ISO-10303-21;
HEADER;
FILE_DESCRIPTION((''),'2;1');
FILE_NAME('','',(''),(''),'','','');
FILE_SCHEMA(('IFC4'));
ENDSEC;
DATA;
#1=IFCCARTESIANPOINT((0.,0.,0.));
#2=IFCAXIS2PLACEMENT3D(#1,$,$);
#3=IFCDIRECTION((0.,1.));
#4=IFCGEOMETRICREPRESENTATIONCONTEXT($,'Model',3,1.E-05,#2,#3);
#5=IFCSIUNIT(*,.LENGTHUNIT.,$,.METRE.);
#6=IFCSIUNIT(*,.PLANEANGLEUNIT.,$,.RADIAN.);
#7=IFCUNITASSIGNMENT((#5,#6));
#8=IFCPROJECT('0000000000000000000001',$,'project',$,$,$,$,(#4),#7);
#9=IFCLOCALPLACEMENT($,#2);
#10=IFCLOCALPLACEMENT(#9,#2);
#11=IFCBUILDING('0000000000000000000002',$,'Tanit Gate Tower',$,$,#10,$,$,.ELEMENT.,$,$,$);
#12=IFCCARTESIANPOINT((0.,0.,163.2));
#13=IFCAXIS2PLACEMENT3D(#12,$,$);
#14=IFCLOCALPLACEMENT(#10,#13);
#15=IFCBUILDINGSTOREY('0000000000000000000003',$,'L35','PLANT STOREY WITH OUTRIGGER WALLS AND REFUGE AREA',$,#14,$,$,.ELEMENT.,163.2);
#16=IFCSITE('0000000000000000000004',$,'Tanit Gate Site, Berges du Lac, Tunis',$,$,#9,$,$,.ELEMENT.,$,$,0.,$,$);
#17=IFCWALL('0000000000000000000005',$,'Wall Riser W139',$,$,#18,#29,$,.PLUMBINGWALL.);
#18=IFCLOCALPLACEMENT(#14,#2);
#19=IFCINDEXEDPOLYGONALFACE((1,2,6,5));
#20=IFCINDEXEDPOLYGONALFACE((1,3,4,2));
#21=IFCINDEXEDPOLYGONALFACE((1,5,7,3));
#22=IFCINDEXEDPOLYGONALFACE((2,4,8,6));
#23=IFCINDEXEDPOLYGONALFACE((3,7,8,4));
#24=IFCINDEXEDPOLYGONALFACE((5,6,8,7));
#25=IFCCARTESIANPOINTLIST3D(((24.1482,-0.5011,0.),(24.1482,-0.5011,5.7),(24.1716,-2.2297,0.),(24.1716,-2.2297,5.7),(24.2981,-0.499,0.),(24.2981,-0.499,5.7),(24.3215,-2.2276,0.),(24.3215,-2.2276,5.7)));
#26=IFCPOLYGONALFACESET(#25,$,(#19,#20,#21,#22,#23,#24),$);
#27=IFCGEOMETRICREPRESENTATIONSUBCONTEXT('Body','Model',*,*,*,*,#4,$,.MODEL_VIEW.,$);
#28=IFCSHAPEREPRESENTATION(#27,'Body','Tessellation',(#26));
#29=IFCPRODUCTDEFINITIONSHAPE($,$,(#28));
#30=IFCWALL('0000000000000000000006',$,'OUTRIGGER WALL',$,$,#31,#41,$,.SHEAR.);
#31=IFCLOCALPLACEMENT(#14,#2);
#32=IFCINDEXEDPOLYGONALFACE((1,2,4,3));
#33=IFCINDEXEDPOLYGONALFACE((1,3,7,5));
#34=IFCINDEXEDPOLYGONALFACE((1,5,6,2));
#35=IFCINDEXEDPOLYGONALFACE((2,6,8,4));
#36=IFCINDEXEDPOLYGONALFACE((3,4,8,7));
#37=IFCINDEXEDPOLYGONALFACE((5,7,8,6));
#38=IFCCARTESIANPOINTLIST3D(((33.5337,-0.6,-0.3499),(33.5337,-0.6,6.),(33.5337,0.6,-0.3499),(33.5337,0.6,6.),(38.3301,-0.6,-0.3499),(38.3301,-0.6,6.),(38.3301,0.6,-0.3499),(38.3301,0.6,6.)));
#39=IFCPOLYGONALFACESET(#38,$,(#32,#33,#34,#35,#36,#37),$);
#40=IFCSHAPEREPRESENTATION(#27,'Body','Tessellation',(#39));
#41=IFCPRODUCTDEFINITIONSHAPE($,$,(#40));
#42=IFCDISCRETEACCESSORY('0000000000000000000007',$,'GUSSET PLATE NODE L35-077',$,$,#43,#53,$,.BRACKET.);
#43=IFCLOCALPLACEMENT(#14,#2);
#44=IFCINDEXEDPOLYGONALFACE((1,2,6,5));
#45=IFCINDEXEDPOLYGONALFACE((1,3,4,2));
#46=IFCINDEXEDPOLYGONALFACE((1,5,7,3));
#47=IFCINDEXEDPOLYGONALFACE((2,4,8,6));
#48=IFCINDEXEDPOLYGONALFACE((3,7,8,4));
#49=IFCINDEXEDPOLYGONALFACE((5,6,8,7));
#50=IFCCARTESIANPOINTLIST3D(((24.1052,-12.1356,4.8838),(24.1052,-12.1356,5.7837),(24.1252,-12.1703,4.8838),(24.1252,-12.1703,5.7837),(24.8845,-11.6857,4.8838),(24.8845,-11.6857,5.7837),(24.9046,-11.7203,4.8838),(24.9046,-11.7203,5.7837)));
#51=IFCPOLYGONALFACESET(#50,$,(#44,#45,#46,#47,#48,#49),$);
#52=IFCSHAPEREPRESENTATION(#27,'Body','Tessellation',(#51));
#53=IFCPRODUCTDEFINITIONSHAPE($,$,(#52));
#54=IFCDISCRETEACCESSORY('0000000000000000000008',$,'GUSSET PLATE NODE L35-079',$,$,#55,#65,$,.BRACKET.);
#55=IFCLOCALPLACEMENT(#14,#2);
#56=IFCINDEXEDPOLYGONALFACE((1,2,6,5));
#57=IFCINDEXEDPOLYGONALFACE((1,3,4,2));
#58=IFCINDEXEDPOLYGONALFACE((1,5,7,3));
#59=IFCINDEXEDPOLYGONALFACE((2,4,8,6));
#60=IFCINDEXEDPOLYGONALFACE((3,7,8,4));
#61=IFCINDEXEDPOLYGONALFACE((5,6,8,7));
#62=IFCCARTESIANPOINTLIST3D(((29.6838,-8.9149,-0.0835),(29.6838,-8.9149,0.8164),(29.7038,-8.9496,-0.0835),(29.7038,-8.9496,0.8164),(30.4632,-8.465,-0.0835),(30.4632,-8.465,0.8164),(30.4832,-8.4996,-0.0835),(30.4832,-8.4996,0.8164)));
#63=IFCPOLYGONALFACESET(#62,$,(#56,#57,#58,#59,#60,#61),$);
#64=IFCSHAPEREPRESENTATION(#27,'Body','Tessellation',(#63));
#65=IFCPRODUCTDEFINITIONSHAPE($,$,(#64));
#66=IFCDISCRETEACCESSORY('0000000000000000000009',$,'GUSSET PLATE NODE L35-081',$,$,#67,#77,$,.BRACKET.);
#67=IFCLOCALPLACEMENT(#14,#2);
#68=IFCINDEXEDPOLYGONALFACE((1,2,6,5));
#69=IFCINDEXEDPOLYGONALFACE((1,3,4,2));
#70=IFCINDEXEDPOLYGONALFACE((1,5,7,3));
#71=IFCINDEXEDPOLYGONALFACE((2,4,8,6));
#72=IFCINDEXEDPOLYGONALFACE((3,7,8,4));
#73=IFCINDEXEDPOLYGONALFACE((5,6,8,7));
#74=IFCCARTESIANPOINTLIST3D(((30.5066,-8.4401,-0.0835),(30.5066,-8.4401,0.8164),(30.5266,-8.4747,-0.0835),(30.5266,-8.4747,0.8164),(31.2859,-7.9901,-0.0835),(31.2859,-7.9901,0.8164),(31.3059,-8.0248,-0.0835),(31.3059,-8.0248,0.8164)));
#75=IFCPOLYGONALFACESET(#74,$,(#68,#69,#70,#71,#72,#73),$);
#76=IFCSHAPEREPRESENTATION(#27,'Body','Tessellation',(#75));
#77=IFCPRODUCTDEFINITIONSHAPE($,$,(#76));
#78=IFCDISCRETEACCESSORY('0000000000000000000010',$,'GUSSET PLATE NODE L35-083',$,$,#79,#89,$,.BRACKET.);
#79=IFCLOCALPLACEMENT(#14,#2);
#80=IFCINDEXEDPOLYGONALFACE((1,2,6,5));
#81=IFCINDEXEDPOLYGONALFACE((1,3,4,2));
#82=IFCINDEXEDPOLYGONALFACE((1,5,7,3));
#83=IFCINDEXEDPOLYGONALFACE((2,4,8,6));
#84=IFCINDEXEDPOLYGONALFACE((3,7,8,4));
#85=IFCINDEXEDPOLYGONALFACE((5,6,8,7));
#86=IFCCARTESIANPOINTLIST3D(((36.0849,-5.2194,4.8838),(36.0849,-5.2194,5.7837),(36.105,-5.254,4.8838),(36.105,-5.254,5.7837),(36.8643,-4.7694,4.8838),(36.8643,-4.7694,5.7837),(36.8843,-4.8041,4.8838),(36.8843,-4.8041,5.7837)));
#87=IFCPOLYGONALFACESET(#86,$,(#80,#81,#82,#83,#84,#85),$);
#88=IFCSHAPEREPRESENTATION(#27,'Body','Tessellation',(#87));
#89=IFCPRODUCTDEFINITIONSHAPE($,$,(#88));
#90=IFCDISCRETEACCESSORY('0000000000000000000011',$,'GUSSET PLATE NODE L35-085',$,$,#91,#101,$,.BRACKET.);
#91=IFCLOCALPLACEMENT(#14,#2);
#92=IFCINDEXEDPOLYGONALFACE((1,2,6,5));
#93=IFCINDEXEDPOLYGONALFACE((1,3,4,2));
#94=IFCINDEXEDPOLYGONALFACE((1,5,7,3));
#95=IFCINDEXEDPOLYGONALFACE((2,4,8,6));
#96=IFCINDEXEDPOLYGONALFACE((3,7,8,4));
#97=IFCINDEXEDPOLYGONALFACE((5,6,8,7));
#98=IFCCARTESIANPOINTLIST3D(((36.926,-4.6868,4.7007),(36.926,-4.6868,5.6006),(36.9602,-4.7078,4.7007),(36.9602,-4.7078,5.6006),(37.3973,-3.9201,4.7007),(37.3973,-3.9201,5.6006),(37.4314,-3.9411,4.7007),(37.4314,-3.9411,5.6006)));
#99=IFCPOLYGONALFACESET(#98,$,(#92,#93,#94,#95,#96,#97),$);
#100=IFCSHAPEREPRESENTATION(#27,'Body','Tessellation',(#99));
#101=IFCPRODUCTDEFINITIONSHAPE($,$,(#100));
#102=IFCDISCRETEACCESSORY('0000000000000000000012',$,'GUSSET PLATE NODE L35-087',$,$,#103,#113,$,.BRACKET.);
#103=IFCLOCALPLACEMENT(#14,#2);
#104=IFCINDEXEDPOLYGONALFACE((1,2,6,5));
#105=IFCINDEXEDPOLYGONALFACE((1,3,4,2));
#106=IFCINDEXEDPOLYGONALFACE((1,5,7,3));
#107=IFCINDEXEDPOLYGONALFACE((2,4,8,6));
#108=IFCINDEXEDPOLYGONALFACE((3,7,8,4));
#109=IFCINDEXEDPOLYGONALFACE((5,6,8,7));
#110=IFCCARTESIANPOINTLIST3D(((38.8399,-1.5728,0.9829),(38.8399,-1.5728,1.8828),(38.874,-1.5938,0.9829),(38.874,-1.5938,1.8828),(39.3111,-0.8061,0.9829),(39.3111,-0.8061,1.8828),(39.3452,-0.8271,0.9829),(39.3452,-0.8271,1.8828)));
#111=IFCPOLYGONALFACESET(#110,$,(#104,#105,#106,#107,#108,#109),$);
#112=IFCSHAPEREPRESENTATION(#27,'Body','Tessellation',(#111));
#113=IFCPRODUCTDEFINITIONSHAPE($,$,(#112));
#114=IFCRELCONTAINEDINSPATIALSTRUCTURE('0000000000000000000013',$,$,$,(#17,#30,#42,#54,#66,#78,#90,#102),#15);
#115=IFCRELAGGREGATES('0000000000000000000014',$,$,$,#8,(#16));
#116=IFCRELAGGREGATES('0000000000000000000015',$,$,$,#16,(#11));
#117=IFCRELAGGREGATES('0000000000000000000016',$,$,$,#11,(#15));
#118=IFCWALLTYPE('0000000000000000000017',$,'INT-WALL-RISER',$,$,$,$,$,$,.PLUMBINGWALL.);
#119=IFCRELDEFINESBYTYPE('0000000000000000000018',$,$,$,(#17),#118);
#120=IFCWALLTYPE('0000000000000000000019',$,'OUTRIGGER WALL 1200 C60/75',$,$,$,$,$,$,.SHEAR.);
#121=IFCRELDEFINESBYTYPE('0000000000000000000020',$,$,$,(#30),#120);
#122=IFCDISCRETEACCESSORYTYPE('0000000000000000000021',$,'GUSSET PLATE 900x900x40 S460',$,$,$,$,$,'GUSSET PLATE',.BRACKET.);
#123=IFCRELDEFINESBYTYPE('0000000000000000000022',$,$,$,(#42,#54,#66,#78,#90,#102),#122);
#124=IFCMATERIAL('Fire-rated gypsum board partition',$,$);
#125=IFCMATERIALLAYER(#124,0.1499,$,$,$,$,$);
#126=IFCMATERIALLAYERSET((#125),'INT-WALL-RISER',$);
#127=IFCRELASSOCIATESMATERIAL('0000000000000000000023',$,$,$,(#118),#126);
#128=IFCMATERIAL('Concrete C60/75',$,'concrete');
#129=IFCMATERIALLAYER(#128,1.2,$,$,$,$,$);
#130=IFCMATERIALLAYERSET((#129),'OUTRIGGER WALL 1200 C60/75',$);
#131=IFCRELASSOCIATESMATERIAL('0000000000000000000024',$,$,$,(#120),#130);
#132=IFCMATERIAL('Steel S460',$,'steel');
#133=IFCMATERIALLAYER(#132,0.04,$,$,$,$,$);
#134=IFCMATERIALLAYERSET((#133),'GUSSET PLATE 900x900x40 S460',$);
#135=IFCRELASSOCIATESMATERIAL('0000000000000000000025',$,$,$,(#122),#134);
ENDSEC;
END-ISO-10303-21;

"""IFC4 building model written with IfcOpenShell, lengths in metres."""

from ifc_helpers import new_model, si_unit, direction, frame, frame_2d, origin, origin_2d, place, context, subcontext, project, spatial, rectangle, extrude, material, layer, layer_set, type_object, element, save


model = new_model("IFC4")

# Units and contexts
model_context = context("Model", 3, precision=1e-05, world=origin(), true_north=direction((0.0, 1.0)))
body_context = subcontext(model_context, "Body", "Model", "MODEL_VIEW")
ifc_project = project(units=[si_unit("LENGTHUNIT", "METRE"), si_unit("PLANEANGLEUNIT", "RADIAN")], contexts=[model_context])

# Site, building, storey
site_placement = place(None, origin())
site = spatial("IfcSite", under=ifc_project, at=site_placement, Name="Tanit Gate Site, Berges du Lac, Tunis", CompositionType="ELEMENT", RefElevation=0.0)
building_placement = place(site_placement, origin())
building = spatial("IfcBuilding", under=site, at=building_placement, Name="Tanit Gate Tower", CompositionType="ELEMENT")
storey_placement = place(building_placement, frame((0.0, 0.0, 163.2)))
storey = spatial("IfcBuildingStorey", under=building, at=storey_placement, Name="L35", Description="PLANT STOREY WITH OUTRIGGER WALLS AND REFUGE AREA", CompositionType="ELEMENT", Elevation=163.2)

# Walls
ifc_material_1 = material(Name="Fire-rated gypsum board partition")
ifc_layer_1 = layer(ifc_material_1, 0.1499)
ifc_layer_set_1 = layer_set([ifc_layer_1], Name="INT-WALL-RISER")
wall_type_1 = type_object("IfcWallType", Name="INT-WALL-RISER", PredefinedType="PLUMBINGWALL", material=ifc_layer_set_1)
wall_1_placement = place(storey_placement, frame((24.2466, -2.2285, 0.0), z_axis=(0.0, 0.0, 1.0), x_axis=(-0.013558, 0.999908, 0.0)))
element("IfcWall", 1, at=wall_1_placement, inside=storey, type_object=wall_type_1, Name="Wall Riser W139", PredefinedType="PLUMBINGWALL", context=body_context, shape_type="SweptSolid", body=[
    extrude(rectangle(XDim=1.7288, YDim=0.1499, at=frame_2d((0.8643, 0.0))), origin(), (0.0, 0.0, 1.0), 5.7),
])
ifc_material_2 = material(Name="Concrete C60/75", Category="concrete")
ifc_layer_2 = layer(ifc_material_2, 1.2)
ifc_layer_set_2 = layer_set([ifc_layer_2], Name="OUTRIGGER WALL 1200 C60/75")
wall_type_2 = type_object("IfcWallType", Name="OUTRIGGER WALL 1200 C60/75", PredefinedType="SHEAR", material=ifc_layer_set_2)
wall_2_placement = place(storey_placement, frame((33.5337, 0.0, -0.3499), z_axis=(0.0, 0.0, 1.0), x_axis=(1.0, 0.0, 0.0)))
element("IfcWall", 2, at=wall_2_placement, inside=storey, type_object=wall_type_2, Name="OUTRIGGER WALL", PredefinedType="SHEAR", context=body_context, shape_type="SweptSolid", body=[
    extrude(rectangle(XDim=4.7964, YDim=1.2, at=frame_2d((2.3982, 0.0))), origin(), (0.0, 0.0, 1.0), 6.3499),
])

# Discrete accessories
ifc_material_3 = material(Name="Steel S460", Category="steel")
ifc_layer_3 = layer(ifc_material_3, 0.04)
ifc_layer_set_3 = layer_set([ifc_layer_3], Name="GUSSET PLATE 900x900x40 S460")
discrete_accessory_type = type_object("IfcDiscreteAccessoryType", Name="GUSSET PLATE 900x900x40 S460", ElementType="GUSSET PLATE", PredefinedType="BRACKET", material=ifc_layer_set_3)
for number, where, z_axis, x_axis, name in (
    (3, (24.5049, -11.928, 4.8838), (0.0, 0.0, 1.0), (0.866025, 0.5, 0.0), "GUSSET PLATE NODE L35-077"),
    (4, (30.0835, -8.7073, -0.0835), (0.0, 0.0, 1.0), (-0.866025, -0.5, 0.0), "GUSSET PLATE NODE L35-079"),
    (5, (30.9062, -8.2324, -0.0835), (0.0, 0.0, 1.0), (0.866025, 0.5, 0.0), "GUSSET PLATE NODE L35-081"),
    (6, (36.4846, -5.0117, 4.8838), (0.0, 0.0, 1.0), (-0.866025, -0.5, 0.0), "GUSSET PLATE NODE L35-083"),
    (7, (37.1787, -4.314, 4.7007), (0.0, 0.0, 1.0), (0.523629, 0.851946, 0.0), "GUSSET PLATE NODE L35-085"),
    (8, (39.0925, -1.2, 0.9829), (0.0, 0.0, 1.0), (-0.523629, -0.851946, 0.0), "GUSSET PLATE NODE L35-087"),
):
    element("IfcDiscreteAccessory", number, at=place(storey_placement, frame(where, z_axis=z_axis, x_axis=x_axis)), inside=storey, type_object=discrete_accessory_type, Name=name, PredefinedType="BRACKET", context=body_context, shape_type="SweptSolid", body=[
        extrude(rectangle(XDim=0.8999, YDim=0.04, at=origin_2d()), origin(), (0.0, 0.0, 1.0), 0.8999),
    ])

save(model, "model.ifc")
